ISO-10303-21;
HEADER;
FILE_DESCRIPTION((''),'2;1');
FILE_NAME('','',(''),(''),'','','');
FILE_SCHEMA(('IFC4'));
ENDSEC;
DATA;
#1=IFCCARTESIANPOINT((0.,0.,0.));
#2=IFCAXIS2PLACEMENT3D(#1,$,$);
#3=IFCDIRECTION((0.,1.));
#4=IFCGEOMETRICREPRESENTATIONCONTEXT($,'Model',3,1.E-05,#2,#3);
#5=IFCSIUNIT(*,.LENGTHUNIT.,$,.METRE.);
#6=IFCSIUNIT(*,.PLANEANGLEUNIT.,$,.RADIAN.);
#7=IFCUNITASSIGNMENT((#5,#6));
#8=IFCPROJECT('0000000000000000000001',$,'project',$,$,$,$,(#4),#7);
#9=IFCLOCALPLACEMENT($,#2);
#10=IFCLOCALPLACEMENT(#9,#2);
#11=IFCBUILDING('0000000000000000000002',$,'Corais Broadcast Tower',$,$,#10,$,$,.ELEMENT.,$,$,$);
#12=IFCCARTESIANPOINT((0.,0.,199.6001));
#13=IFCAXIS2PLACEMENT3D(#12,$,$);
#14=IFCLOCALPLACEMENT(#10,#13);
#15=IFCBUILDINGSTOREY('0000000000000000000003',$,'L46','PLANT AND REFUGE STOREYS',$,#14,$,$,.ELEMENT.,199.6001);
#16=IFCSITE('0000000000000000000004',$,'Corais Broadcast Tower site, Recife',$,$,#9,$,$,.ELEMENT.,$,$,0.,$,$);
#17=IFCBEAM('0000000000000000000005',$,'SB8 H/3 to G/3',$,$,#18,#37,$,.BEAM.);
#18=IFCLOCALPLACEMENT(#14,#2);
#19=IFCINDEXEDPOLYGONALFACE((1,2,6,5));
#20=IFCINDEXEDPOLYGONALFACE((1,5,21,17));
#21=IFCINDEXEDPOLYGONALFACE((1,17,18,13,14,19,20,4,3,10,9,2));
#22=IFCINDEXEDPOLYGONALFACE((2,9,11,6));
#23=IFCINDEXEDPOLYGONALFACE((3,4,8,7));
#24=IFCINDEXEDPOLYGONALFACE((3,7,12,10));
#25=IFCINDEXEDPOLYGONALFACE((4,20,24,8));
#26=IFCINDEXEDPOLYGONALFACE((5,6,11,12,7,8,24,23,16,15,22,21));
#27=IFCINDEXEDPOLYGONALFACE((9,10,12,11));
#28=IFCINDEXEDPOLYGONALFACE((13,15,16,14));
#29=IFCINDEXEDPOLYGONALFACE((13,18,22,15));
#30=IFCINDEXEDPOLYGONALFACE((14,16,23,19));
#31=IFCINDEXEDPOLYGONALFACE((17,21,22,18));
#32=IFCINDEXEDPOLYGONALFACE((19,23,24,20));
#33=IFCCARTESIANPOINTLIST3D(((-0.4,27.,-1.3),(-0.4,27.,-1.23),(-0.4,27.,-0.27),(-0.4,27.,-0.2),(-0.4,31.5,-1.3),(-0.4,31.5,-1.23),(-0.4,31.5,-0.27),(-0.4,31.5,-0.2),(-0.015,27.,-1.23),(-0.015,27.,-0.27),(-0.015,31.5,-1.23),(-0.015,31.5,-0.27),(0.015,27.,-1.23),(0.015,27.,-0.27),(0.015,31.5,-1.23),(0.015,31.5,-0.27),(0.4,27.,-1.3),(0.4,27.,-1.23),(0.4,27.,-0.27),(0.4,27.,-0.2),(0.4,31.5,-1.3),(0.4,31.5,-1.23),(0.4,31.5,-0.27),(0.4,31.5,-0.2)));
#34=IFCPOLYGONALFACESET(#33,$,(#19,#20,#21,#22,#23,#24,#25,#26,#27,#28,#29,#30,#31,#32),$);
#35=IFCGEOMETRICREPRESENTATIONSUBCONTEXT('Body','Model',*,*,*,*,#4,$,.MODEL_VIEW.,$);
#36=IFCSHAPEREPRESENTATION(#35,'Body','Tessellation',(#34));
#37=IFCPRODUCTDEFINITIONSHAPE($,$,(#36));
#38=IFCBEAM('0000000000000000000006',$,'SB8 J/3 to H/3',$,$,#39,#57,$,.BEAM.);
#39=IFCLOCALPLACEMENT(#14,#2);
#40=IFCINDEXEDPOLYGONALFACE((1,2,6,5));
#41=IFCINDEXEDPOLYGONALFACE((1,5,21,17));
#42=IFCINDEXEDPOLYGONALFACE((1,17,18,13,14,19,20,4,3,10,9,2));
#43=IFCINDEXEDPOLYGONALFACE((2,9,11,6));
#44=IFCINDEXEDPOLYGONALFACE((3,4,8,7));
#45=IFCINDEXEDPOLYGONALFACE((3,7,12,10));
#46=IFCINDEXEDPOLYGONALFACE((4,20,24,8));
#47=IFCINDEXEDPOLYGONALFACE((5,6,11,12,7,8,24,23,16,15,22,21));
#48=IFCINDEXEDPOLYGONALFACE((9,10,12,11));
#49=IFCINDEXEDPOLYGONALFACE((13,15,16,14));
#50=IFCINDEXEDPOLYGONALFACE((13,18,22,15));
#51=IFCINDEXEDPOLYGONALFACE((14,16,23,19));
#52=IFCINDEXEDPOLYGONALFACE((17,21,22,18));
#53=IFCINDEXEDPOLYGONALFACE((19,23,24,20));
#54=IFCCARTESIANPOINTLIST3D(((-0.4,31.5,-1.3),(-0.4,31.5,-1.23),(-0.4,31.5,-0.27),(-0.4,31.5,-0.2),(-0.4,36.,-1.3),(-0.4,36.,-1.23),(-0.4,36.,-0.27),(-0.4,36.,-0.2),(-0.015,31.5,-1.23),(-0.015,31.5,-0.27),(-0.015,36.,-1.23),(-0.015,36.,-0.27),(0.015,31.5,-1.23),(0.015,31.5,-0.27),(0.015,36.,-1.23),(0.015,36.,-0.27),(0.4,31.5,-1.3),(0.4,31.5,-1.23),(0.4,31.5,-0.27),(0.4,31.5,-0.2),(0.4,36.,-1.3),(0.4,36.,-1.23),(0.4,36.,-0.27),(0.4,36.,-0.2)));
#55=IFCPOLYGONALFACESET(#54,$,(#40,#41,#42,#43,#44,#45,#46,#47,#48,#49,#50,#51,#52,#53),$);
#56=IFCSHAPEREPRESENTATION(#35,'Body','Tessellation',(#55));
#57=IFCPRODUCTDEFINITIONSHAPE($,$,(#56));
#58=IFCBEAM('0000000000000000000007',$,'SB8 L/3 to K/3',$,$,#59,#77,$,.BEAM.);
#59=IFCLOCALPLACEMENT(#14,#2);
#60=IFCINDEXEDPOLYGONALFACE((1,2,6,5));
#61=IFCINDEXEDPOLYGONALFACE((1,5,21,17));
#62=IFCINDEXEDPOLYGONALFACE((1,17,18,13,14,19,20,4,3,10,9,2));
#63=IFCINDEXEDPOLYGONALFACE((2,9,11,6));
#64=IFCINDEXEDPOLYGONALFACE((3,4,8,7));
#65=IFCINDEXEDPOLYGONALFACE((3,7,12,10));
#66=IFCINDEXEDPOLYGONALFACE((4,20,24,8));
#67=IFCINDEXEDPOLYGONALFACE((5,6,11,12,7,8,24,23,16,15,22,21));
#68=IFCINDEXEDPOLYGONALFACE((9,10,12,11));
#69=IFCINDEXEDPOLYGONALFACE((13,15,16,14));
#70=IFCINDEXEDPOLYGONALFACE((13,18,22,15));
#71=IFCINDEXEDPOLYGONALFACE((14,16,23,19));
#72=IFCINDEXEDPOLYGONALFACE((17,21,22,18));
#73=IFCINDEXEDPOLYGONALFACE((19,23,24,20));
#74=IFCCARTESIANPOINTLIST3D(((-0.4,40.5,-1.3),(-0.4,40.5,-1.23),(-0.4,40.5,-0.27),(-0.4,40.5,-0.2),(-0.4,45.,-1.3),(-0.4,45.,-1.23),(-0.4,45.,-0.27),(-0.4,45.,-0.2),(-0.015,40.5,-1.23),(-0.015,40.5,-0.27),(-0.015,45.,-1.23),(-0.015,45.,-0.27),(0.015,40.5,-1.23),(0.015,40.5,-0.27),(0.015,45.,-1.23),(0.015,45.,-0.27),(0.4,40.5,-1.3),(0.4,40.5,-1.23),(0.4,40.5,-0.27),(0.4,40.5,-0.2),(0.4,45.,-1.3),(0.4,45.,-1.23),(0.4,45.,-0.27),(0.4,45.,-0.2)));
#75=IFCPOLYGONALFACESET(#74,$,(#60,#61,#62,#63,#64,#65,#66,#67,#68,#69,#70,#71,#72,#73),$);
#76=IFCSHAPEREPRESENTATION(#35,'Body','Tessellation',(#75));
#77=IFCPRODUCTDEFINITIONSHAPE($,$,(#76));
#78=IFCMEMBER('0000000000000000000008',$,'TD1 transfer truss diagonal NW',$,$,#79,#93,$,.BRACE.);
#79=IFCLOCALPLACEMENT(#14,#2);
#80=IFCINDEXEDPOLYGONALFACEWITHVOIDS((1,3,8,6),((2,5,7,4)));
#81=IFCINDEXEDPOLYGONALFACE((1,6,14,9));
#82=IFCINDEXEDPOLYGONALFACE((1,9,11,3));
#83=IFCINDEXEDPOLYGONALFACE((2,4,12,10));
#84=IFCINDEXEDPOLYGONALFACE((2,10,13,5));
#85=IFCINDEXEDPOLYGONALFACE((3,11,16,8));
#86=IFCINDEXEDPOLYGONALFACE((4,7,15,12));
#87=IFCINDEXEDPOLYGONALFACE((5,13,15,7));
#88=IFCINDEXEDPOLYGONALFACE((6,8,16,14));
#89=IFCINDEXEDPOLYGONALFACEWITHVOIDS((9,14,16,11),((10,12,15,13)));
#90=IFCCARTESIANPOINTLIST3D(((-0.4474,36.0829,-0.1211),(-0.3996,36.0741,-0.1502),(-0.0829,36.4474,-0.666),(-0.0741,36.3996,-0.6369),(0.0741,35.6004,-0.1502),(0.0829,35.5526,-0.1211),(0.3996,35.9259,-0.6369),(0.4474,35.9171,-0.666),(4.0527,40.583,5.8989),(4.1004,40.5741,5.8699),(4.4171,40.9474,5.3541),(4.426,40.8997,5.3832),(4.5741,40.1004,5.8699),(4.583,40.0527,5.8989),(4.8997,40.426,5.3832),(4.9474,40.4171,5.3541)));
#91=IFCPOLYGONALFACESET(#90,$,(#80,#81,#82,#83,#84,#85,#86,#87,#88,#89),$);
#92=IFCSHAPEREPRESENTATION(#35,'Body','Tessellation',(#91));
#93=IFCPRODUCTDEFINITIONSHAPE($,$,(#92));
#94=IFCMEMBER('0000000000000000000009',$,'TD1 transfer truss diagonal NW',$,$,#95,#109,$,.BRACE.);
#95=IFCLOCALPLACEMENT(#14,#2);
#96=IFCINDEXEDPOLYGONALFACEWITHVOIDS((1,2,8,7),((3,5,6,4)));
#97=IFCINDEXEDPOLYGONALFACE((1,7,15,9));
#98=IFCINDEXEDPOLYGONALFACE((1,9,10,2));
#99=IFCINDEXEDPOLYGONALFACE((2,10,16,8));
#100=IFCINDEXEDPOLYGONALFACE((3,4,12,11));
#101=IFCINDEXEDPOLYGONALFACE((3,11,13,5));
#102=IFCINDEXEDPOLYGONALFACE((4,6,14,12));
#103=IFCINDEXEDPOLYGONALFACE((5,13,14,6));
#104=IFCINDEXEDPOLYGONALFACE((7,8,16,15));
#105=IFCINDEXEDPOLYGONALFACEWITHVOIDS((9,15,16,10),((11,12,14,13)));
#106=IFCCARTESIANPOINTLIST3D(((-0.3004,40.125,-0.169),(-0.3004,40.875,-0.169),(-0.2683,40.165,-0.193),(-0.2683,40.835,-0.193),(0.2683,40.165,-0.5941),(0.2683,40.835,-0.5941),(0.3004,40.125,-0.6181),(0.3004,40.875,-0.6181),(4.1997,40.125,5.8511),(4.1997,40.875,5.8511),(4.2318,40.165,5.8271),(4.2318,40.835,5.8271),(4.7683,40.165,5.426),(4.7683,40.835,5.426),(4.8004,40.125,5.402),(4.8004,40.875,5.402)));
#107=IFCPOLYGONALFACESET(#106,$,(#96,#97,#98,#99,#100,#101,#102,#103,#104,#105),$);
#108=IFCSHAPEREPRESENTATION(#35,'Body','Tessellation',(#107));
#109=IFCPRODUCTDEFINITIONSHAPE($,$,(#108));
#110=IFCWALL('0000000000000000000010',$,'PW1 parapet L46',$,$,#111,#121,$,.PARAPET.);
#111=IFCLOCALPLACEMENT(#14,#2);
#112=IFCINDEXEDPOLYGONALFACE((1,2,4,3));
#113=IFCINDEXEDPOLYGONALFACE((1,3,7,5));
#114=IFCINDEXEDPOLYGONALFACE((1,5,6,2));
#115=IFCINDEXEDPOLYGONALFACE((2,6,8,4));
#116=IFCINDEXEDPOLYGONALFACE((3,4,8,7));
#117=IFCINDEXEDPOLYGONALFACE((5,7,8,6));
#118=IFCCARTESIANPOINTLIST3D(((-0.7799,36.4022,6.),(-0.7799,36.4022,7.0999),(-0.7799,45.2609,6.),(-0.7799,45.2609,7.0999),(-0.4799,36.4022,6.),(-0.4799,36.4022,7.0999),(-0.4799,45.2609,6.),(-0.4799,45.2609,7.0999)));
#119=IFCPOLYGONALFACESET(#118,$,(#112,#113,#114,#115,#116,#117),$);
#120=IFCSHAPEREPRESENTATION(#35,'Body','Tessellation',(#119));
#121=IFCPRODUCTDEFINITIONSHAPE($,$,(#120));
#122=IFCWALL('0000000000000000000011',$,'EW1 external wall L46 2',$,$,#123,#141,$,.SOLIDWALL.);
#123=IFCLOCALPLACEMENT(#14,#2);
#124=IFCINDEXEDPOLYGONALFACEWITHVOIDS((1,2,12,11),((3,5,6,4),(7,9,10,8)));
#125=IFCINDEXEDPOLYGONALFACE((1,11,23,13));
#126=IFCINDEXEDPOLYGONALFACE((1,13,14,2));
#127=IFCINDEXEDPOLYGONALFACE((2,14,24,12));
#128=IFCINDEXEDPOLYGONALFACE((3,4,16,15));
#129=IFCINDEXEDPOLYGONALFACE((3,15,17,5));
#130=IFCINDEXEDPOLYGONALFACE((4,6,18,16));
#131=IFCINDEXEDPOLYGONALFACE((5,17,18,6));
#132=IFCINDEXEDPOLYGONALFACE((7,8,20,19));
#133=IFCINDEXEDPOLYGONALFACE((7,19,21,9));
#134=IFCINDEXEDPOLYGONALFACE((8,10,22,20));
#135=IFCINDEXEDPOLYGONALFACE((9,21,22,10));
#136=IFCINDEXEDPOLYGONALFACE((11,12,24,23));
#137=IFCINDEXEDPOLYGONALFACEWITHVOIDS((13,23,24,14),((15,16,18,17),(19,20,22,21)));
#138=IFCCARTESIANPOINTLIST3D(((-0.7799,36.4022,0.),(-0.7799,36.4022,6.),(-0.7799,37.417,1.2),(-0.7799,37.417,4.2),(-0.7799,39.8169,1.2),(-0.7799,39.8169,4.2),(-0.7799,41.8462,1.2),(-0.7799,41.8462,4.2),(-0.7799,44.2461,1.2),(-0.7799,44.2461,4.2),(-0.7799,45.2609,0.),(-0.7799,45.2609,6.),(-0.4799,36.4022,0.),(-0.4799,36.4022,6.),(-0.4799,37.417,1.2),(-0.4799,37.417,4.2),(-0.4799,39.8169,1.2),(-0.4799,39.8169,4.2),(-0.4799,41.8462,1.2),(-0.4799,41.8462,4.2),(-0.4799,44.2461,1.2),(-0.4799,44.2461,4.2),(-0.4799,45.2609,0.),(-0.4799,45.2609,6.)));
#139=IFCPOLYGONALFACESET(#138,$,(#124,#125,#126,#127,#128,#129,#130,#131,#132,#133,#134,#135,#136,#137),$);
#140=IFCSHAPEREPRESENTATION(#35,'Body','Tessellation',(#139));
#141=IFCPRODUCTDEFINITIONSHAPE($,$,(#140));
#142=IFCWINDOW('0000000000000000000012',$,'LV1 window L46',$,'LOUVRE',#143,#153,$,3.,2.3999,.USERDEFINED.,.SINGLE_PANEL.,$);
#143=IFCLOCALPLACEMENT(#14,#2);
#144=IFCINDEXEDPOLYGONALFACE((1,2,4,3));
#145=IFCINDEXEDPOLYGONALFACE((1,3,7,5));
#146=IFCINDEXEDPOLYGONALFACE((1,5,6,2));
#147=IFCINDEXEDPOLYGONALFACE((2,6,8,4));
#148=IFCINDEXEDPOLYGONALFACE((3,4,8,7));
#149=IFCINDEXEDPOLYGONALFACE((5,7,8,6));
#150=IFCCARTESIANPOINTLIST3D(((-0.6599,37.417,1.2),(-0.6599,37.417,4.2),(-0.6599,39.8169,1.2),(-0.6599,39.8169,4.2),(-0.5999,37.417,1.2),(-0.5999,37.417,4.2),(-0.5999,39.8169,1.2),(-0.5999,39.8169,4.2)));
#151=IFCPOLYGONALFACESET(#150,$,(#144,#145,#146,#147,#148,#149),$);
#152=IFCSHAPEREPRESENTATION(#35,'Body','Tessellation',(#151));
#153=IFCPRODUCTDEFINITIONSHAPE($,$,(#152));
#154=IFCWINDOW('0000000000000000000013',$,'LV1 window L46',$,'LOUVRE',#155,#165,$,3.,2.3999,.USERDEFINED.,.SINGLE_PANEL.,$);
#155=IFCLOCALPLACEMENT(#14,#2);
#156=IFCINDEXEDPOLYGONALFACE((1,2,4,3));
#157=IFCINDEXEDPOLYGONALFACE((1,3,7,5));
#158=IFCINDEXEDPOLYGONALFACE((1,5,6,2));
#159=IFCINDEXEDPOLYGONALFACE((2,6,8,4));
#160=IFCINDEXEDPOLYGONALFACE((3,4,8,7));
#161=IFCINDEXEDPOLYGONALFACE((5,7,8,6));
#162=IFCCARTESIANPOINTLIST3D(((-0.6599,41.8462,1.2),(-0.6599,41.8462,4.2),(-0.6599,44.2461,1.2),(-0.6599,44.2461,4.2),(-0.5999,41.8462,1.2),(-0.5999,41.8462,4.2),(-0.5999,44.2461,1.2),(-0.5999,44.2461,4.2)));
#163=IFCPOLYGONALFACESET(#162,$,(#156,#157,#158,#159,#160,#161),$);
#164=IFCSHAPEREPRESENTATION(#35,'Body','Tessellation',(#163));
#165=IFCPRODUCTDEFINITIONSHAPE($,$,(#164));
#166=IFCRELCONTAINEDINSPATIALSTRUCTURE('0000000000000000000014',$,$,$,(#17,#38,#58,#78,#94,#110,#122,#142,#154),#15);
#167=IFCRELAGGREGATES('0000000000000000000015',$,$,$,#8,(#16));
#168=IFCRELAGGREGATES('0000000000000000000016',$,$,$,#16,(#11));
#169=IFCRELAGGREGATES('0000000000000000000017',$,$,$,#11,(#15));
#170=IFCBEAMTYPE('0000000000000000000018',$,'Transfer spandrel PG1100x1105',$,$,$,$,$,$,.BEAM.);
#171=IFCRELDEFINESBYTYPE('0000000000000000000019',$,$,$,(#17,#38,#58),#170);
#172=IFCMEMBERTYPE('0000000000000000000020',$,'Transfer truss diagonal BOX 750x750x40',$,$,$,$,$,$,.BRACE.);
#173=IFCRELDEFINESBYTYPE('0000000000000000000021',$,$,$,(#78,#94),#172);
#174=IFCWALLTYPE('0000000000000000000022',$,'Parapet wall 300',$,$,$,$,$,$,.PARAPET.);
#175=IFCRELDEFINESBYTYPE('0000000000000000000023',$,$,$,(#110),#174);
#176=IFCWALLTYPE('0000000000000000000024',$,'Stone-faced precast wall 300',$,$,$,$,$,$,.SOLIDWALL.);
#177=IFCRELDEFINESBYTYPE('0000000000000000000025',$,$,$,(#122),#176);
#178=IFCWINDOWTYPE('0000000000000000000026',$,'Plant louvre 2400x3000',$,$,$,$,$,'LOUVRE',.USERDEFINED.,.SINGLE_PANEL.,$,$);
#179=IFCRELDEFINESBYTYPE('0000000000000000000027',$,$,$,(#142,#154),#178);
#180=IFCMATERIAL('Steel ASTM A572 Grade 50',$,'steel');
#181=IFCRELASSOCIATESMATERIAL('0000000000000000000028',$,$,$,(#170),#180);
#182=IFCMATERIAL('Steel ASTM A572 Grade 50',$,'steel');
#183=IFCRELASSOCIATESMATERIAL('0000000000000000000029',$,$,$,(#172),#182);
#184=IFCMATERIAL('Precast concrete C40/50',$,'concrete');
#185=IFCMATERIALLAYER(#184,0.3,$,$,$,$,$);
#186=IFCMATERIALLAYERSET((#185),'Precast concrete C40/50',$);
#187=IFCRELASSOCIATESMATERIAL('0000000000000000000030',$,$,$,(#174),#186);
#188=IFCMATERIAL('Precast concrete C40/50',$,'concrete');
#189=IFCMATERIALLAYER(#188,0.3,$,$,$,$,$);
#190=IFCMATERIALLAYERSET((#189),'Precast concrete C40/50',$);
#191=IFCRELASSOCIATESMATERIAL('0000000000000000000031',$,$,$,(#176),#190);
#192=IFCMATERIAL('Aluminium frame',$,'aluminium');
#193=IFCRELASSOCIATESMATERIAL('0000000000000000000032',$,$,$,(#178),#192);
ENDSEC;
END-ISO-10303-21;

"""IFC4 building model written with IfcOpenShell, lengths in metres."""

from ifc_helpers import new_model, si_unit, direction, frame, frame_2d, origin, origin_2d, place, context, subcontext, project, spatial, rectangle, hollow_rectangle, i_section, extrude, material, layer, layer_set, material_profile, profile_set, type_object, element, fill, save


model = new_model("IFC4")

# Units and contexts
model_context = context("Model", 3, precision=1e-05, world=origin(), true_north=direction((0.0, 1.0)))
body_context = subcontext(model_context, "Body", "Model", "MODEL_VIEW")
ifc_project = project(units=[si_unit("LENGTHUNIT", "METRE"), si_unit("PLANEANGLEUNIT", "RADIAN")], contexts=[model_context])

# Site, building, storey
site_placement = place(None, origin())
site = spatial("IfcSite", under=ifc_project, at=site_placement, Name="Corais Broadcast Tower site, Recife", CompositionType="ELEMENT", RefElevation=0.0)
building_placement = place(site_placement, origin())
building = spatial("IfcBuilding", under=site, at=building_placement, Name="Corais Broadcast Tower", CompositionType="ELEMENT")
storey_placement = place(building_placement, frame((0.0, 0.0, 199.6001)))
storey = spatial("IfcBuildingStorey", under=building, at=storey_placement, Name="L46", Description="PLANT AND REFUGE STOREYS", CompositionType="ELEMENT", Elevation=199.6001)

# Beams
ifc_material_1 = material(Name="Steel ASTM A572 Grade 50", Category="steel")
ifc_material_profile_1 = material_profile(ifc_material_1, i_section(OverallWidth=0.8, OverallDepth=1.1001, WebThickness=0.03, FlangeThickness=0.0701, at=origin_2d()), Name="PG1100x1105")
ifc_profile_set_1 = profile_set([ifc_material_profile_1], Name="Steel ASTM A572 Grade 50")
beam_type_1 = type_object("IfcBeamType", Name="Transfer spandrel PG1100x1105", PredefinedType="BEAM", material=ifc_profile_set_1)
for number, where, z_axis, x_axis, name in (
    (1, (0.0, 31.5, -0.75), (0.0, -1.0, 0.0), (1.0, 0.0, 0.0), "SB8 H/3 to G/3"),
    (2, (0.0, 36.0, -0.75), (0.0, -1.0, 0.0), (1.0, 0.0, 0.0), "SB8 J/3 to H/3"),
    (3, (0.0, 45.0, -0.75), (0.0, -1.0, 0.0), (1.0, 0.0, 0.0), "SB8 L/3 to K/3"),
):
    element("IfcBeam", number, at=place(storey_placement, frame(where, z_axis=z_axis, x_axis=x_axis)), inside=storey, type_object=beam_type_1, Name=name, PredefinedType="BEAM", context=body_context, shape_type="SweptSolid", body=[
        extrude(i_section(OverallWidth=0.8, OverallDepth=1.1001, WebThickness=0.03, FlangeThickness=0.0701, at=origin_2d()), origin(), (0.0, 0.0, 1.0), 4.5),
    ])

# Members
ifc_material_2 = material(Name="Steel ASTM A572 Grade 50", Category="steel")
ifc_material_profile_2 = material_profile(ifc_material_2, hollow_rectangle(XDim=0.75, YDim=0.75, WallThickness=0.04, at=origin_2d()), Name="BOX 750x750x40")
ifc_profile_set_2 = profile_set([ifc_material_profile_2], Name="Steel ASTM A572 Grade 50")
member_type = type_object("IfcMemberType", Name="Transfer truss diagonal BOX 750x750x40", PredefinedType="BRACE", material=ifc_profile_set_2)
member_1_placement = place(storey_placement, frame((0.0, 36.0, -0.3936), z_axis=(0.513688, 0.513688, 0.687203), x_axis=(-0.707107, 0.707107, 0.0)))
element("IfcMember", 4, at=member_1_placement, inside=storey, type_object=member_type, Name="TD1 transfer truss diagonal NW", PredefinedType="BRACE", context=body_context, shape_type="SweptSolid", body=[
    extrude(hollow_rectangle(XDim=0.75, YDim=0.75, WallThickness=0.04, at=origin_2d()), origin(), (0.0, 0.0, 1.0), 8.7603),
])
member_2_placement = place(storey_placement, frame((0.0, 40.5, -0.3936), z_axis=(0.598721, 0.0, 0.800958), x_axis=(0.0, 1.0, 0.0)))
element("IfcMember", 5, at=member_2_placement, inside=storey, type_object=member_type, Name="TD1 transfer truss diagonal NW", PredefinedType="BRACE", context=body_context, shape_type="SweptSolid", body=[
    extrude(hollow_rectangle(XDim=0.75, YDim=0.75, WallThickness=0.04, at=origin_2d()), origin(), (0.0, 0.0, 1.0), 7.5161),
])

# Wall
ifc_material_3 = material(Name="Precast concrete C40/50", Category="concrete")
ifc_layer_1 = layer(ifc_material_3, 0.3)
ifc_layer_set_1 = layer_set([ifc_layer_1], Name="Precast concrete C40/50")
wall_type_1 = type_object("IfcWallType", Name="Parapet wall 300", PredefinedType="PARAPET", material=ifc_layer_set_1)
wall_1_placement = place(storey_placement, frame((-0.6299, 36.4023, 6.0), z_axis=(0.0, 0.0, 1.0), x_axis=(0.0, 1.0, 0.0)))
element("IfcWall", 6, at=wall_1_placement, inside=storey, type_object=wall_type_1, Name="PW1 parapet L46", PredefinedType="PARAPET", context=body_context, shape_type="SweptSolid", body=[
    extrude(rectangle(XDim=8.8586, YDim=0.3, at=frame_2d((4.4292, 0.0))), origin(), (0.0, 0.0, 1.0), 1.0999),
])

# Wall, openings, windows
ifc_material_4 = material(Name="Precast concrete C40/50", Category="concrete")
ifc_layer_2 = layer(ifc_material_4, 0.3)
ifc_layer_set_2 = layer_set([ifc_layer_2], Name="Precast concrete C40/50")
wall_type_2 = type_object("IfcWallType", Name="Stone-faced precast wall 300", PredefinedType="SOLIDWALL", material=ifc_layer_set_2)
wall_2_placement = place(storey_placement, frame((-0.6299, 36.4023, 0.0), z_axis=(0.0, 0.0, 1.0), x_axis=(0.0, 1.0, 0.0)))
wall_2 = element("IfcWall", 7, at=wall_2_placement, inside=storey, type_object=wall_type_2, Name="EW1 external wall L46 2", PredefinedType="SOLIDWALL", context=body_context, shape_type="SweptSolid", body=[
    extrude(rectangle(XDim=8.8586, YDim=0.3, at=frame_2d((4.4292, 0.0))), origin(), (0.0, 0.0, 1.0), 6.0),
])
opening_1_placement = place(wall_2_placement, frame((1.0146, 0.0, 1.2)))
opening_1 = element("IfcOpeningElement", 8, at=opening_1_placement, cuts=wall_2, PredefinedType="OPENING", context=body_context, shape_type="SweptSolid", body=[
    extrude(rectangle(XDim=2.3999, YDim=3.0, at=frame_2d((1.2, 1.5))), frame((0.0, 0.1599, 0.0), z_axis=(0.0, -1.0, 0.0), x_axis=(1.0, 0.0, 0.0)), (0.0, 0.0, 1.0), 0.3201),
])
opening_2_placement = place(wall_2_placement, frame((5.4438, 0.0, 1.2)))
opening_2 = element("IfcOpeningElement", 9, at=opening_2_placement, cuts=wall_2, PredefinedType="OPENING", context=body_context, shape_type="SweptSolid", body=[
    extrude(rectangle(XDim=2.3999, YDim=3.0, at=frame_2d((1.2, 1.5))), frame((0.0, 0.1599, 0.0), z_axis=(0.0, -1.0, 0.0), x_axis=(1.0, 0.0, 0.0)), (0.0, 0.0, 1.0), 0.3201),
])
ifc_material_5 = material(Name="Aluminium frame", Category="aluminium")
window_type = type_object("IfcWindowType", Name="Plant louvre 2400x3000", ElementType="LOUVRE", PartitioningType="SINGLE_PANEL", PredefinedType="USERDEFINED", material=ifc_material_5)
window_1_placement = place(opening_1_placement, origin())
window_1 = element("IfcWindow", 10, at=window_1_placement, inside=storey, type_object=window_type, Name="LV1 window L46", ObjectType="LOUVRE", OverallHeight=3.0, OverallWidth=2.3999, PartitioningType="SINGLE_PANEL", PredefinedType="USERDEFINED", context=body_context, shape_type="SweptSolid", body=[
    extrude(rectangle(XDim=2.3999, YDim=3.0, at=frame_2d((1.2, 1.5))), frame((0.0, 0.03, 0.0), z_axis=(0.0, -1.0, 0.0), x_axis=(1.0, 0.0, 0.0)), (0.0, 0.0, 1.0), 0.0601),
])
fill(opening_1, window_1)
window_2_placement = place(opening_2_placement, origin())
window_2 = element("IfcWindow", 11, at=window_2_placement, inside=storey, type_object=window_type, Name="LV1 window L46", ObjectType="LOUVRE", OverallHeight=3.0, OverallWidth=2.3999, PartitioningType="SINGLE_PANEL", PredefinedType="USERDEFINED", context=body_context, shape_type="SweptSolid", body=[
    extrude(rectangle(XDim=2.3999, YDim=3.0, at=frame_2d((1.2, 1.5))), frame((0.0, 0.03, 0.0), z_axis=(0.0, -1.0, 0.0), x_axis=(1.0, 0.0, 0.0)), (0.0, 0.0, 1.0), 0.0601),
])
fill(opening_2, window_2)

save(model, "model.ifc")
